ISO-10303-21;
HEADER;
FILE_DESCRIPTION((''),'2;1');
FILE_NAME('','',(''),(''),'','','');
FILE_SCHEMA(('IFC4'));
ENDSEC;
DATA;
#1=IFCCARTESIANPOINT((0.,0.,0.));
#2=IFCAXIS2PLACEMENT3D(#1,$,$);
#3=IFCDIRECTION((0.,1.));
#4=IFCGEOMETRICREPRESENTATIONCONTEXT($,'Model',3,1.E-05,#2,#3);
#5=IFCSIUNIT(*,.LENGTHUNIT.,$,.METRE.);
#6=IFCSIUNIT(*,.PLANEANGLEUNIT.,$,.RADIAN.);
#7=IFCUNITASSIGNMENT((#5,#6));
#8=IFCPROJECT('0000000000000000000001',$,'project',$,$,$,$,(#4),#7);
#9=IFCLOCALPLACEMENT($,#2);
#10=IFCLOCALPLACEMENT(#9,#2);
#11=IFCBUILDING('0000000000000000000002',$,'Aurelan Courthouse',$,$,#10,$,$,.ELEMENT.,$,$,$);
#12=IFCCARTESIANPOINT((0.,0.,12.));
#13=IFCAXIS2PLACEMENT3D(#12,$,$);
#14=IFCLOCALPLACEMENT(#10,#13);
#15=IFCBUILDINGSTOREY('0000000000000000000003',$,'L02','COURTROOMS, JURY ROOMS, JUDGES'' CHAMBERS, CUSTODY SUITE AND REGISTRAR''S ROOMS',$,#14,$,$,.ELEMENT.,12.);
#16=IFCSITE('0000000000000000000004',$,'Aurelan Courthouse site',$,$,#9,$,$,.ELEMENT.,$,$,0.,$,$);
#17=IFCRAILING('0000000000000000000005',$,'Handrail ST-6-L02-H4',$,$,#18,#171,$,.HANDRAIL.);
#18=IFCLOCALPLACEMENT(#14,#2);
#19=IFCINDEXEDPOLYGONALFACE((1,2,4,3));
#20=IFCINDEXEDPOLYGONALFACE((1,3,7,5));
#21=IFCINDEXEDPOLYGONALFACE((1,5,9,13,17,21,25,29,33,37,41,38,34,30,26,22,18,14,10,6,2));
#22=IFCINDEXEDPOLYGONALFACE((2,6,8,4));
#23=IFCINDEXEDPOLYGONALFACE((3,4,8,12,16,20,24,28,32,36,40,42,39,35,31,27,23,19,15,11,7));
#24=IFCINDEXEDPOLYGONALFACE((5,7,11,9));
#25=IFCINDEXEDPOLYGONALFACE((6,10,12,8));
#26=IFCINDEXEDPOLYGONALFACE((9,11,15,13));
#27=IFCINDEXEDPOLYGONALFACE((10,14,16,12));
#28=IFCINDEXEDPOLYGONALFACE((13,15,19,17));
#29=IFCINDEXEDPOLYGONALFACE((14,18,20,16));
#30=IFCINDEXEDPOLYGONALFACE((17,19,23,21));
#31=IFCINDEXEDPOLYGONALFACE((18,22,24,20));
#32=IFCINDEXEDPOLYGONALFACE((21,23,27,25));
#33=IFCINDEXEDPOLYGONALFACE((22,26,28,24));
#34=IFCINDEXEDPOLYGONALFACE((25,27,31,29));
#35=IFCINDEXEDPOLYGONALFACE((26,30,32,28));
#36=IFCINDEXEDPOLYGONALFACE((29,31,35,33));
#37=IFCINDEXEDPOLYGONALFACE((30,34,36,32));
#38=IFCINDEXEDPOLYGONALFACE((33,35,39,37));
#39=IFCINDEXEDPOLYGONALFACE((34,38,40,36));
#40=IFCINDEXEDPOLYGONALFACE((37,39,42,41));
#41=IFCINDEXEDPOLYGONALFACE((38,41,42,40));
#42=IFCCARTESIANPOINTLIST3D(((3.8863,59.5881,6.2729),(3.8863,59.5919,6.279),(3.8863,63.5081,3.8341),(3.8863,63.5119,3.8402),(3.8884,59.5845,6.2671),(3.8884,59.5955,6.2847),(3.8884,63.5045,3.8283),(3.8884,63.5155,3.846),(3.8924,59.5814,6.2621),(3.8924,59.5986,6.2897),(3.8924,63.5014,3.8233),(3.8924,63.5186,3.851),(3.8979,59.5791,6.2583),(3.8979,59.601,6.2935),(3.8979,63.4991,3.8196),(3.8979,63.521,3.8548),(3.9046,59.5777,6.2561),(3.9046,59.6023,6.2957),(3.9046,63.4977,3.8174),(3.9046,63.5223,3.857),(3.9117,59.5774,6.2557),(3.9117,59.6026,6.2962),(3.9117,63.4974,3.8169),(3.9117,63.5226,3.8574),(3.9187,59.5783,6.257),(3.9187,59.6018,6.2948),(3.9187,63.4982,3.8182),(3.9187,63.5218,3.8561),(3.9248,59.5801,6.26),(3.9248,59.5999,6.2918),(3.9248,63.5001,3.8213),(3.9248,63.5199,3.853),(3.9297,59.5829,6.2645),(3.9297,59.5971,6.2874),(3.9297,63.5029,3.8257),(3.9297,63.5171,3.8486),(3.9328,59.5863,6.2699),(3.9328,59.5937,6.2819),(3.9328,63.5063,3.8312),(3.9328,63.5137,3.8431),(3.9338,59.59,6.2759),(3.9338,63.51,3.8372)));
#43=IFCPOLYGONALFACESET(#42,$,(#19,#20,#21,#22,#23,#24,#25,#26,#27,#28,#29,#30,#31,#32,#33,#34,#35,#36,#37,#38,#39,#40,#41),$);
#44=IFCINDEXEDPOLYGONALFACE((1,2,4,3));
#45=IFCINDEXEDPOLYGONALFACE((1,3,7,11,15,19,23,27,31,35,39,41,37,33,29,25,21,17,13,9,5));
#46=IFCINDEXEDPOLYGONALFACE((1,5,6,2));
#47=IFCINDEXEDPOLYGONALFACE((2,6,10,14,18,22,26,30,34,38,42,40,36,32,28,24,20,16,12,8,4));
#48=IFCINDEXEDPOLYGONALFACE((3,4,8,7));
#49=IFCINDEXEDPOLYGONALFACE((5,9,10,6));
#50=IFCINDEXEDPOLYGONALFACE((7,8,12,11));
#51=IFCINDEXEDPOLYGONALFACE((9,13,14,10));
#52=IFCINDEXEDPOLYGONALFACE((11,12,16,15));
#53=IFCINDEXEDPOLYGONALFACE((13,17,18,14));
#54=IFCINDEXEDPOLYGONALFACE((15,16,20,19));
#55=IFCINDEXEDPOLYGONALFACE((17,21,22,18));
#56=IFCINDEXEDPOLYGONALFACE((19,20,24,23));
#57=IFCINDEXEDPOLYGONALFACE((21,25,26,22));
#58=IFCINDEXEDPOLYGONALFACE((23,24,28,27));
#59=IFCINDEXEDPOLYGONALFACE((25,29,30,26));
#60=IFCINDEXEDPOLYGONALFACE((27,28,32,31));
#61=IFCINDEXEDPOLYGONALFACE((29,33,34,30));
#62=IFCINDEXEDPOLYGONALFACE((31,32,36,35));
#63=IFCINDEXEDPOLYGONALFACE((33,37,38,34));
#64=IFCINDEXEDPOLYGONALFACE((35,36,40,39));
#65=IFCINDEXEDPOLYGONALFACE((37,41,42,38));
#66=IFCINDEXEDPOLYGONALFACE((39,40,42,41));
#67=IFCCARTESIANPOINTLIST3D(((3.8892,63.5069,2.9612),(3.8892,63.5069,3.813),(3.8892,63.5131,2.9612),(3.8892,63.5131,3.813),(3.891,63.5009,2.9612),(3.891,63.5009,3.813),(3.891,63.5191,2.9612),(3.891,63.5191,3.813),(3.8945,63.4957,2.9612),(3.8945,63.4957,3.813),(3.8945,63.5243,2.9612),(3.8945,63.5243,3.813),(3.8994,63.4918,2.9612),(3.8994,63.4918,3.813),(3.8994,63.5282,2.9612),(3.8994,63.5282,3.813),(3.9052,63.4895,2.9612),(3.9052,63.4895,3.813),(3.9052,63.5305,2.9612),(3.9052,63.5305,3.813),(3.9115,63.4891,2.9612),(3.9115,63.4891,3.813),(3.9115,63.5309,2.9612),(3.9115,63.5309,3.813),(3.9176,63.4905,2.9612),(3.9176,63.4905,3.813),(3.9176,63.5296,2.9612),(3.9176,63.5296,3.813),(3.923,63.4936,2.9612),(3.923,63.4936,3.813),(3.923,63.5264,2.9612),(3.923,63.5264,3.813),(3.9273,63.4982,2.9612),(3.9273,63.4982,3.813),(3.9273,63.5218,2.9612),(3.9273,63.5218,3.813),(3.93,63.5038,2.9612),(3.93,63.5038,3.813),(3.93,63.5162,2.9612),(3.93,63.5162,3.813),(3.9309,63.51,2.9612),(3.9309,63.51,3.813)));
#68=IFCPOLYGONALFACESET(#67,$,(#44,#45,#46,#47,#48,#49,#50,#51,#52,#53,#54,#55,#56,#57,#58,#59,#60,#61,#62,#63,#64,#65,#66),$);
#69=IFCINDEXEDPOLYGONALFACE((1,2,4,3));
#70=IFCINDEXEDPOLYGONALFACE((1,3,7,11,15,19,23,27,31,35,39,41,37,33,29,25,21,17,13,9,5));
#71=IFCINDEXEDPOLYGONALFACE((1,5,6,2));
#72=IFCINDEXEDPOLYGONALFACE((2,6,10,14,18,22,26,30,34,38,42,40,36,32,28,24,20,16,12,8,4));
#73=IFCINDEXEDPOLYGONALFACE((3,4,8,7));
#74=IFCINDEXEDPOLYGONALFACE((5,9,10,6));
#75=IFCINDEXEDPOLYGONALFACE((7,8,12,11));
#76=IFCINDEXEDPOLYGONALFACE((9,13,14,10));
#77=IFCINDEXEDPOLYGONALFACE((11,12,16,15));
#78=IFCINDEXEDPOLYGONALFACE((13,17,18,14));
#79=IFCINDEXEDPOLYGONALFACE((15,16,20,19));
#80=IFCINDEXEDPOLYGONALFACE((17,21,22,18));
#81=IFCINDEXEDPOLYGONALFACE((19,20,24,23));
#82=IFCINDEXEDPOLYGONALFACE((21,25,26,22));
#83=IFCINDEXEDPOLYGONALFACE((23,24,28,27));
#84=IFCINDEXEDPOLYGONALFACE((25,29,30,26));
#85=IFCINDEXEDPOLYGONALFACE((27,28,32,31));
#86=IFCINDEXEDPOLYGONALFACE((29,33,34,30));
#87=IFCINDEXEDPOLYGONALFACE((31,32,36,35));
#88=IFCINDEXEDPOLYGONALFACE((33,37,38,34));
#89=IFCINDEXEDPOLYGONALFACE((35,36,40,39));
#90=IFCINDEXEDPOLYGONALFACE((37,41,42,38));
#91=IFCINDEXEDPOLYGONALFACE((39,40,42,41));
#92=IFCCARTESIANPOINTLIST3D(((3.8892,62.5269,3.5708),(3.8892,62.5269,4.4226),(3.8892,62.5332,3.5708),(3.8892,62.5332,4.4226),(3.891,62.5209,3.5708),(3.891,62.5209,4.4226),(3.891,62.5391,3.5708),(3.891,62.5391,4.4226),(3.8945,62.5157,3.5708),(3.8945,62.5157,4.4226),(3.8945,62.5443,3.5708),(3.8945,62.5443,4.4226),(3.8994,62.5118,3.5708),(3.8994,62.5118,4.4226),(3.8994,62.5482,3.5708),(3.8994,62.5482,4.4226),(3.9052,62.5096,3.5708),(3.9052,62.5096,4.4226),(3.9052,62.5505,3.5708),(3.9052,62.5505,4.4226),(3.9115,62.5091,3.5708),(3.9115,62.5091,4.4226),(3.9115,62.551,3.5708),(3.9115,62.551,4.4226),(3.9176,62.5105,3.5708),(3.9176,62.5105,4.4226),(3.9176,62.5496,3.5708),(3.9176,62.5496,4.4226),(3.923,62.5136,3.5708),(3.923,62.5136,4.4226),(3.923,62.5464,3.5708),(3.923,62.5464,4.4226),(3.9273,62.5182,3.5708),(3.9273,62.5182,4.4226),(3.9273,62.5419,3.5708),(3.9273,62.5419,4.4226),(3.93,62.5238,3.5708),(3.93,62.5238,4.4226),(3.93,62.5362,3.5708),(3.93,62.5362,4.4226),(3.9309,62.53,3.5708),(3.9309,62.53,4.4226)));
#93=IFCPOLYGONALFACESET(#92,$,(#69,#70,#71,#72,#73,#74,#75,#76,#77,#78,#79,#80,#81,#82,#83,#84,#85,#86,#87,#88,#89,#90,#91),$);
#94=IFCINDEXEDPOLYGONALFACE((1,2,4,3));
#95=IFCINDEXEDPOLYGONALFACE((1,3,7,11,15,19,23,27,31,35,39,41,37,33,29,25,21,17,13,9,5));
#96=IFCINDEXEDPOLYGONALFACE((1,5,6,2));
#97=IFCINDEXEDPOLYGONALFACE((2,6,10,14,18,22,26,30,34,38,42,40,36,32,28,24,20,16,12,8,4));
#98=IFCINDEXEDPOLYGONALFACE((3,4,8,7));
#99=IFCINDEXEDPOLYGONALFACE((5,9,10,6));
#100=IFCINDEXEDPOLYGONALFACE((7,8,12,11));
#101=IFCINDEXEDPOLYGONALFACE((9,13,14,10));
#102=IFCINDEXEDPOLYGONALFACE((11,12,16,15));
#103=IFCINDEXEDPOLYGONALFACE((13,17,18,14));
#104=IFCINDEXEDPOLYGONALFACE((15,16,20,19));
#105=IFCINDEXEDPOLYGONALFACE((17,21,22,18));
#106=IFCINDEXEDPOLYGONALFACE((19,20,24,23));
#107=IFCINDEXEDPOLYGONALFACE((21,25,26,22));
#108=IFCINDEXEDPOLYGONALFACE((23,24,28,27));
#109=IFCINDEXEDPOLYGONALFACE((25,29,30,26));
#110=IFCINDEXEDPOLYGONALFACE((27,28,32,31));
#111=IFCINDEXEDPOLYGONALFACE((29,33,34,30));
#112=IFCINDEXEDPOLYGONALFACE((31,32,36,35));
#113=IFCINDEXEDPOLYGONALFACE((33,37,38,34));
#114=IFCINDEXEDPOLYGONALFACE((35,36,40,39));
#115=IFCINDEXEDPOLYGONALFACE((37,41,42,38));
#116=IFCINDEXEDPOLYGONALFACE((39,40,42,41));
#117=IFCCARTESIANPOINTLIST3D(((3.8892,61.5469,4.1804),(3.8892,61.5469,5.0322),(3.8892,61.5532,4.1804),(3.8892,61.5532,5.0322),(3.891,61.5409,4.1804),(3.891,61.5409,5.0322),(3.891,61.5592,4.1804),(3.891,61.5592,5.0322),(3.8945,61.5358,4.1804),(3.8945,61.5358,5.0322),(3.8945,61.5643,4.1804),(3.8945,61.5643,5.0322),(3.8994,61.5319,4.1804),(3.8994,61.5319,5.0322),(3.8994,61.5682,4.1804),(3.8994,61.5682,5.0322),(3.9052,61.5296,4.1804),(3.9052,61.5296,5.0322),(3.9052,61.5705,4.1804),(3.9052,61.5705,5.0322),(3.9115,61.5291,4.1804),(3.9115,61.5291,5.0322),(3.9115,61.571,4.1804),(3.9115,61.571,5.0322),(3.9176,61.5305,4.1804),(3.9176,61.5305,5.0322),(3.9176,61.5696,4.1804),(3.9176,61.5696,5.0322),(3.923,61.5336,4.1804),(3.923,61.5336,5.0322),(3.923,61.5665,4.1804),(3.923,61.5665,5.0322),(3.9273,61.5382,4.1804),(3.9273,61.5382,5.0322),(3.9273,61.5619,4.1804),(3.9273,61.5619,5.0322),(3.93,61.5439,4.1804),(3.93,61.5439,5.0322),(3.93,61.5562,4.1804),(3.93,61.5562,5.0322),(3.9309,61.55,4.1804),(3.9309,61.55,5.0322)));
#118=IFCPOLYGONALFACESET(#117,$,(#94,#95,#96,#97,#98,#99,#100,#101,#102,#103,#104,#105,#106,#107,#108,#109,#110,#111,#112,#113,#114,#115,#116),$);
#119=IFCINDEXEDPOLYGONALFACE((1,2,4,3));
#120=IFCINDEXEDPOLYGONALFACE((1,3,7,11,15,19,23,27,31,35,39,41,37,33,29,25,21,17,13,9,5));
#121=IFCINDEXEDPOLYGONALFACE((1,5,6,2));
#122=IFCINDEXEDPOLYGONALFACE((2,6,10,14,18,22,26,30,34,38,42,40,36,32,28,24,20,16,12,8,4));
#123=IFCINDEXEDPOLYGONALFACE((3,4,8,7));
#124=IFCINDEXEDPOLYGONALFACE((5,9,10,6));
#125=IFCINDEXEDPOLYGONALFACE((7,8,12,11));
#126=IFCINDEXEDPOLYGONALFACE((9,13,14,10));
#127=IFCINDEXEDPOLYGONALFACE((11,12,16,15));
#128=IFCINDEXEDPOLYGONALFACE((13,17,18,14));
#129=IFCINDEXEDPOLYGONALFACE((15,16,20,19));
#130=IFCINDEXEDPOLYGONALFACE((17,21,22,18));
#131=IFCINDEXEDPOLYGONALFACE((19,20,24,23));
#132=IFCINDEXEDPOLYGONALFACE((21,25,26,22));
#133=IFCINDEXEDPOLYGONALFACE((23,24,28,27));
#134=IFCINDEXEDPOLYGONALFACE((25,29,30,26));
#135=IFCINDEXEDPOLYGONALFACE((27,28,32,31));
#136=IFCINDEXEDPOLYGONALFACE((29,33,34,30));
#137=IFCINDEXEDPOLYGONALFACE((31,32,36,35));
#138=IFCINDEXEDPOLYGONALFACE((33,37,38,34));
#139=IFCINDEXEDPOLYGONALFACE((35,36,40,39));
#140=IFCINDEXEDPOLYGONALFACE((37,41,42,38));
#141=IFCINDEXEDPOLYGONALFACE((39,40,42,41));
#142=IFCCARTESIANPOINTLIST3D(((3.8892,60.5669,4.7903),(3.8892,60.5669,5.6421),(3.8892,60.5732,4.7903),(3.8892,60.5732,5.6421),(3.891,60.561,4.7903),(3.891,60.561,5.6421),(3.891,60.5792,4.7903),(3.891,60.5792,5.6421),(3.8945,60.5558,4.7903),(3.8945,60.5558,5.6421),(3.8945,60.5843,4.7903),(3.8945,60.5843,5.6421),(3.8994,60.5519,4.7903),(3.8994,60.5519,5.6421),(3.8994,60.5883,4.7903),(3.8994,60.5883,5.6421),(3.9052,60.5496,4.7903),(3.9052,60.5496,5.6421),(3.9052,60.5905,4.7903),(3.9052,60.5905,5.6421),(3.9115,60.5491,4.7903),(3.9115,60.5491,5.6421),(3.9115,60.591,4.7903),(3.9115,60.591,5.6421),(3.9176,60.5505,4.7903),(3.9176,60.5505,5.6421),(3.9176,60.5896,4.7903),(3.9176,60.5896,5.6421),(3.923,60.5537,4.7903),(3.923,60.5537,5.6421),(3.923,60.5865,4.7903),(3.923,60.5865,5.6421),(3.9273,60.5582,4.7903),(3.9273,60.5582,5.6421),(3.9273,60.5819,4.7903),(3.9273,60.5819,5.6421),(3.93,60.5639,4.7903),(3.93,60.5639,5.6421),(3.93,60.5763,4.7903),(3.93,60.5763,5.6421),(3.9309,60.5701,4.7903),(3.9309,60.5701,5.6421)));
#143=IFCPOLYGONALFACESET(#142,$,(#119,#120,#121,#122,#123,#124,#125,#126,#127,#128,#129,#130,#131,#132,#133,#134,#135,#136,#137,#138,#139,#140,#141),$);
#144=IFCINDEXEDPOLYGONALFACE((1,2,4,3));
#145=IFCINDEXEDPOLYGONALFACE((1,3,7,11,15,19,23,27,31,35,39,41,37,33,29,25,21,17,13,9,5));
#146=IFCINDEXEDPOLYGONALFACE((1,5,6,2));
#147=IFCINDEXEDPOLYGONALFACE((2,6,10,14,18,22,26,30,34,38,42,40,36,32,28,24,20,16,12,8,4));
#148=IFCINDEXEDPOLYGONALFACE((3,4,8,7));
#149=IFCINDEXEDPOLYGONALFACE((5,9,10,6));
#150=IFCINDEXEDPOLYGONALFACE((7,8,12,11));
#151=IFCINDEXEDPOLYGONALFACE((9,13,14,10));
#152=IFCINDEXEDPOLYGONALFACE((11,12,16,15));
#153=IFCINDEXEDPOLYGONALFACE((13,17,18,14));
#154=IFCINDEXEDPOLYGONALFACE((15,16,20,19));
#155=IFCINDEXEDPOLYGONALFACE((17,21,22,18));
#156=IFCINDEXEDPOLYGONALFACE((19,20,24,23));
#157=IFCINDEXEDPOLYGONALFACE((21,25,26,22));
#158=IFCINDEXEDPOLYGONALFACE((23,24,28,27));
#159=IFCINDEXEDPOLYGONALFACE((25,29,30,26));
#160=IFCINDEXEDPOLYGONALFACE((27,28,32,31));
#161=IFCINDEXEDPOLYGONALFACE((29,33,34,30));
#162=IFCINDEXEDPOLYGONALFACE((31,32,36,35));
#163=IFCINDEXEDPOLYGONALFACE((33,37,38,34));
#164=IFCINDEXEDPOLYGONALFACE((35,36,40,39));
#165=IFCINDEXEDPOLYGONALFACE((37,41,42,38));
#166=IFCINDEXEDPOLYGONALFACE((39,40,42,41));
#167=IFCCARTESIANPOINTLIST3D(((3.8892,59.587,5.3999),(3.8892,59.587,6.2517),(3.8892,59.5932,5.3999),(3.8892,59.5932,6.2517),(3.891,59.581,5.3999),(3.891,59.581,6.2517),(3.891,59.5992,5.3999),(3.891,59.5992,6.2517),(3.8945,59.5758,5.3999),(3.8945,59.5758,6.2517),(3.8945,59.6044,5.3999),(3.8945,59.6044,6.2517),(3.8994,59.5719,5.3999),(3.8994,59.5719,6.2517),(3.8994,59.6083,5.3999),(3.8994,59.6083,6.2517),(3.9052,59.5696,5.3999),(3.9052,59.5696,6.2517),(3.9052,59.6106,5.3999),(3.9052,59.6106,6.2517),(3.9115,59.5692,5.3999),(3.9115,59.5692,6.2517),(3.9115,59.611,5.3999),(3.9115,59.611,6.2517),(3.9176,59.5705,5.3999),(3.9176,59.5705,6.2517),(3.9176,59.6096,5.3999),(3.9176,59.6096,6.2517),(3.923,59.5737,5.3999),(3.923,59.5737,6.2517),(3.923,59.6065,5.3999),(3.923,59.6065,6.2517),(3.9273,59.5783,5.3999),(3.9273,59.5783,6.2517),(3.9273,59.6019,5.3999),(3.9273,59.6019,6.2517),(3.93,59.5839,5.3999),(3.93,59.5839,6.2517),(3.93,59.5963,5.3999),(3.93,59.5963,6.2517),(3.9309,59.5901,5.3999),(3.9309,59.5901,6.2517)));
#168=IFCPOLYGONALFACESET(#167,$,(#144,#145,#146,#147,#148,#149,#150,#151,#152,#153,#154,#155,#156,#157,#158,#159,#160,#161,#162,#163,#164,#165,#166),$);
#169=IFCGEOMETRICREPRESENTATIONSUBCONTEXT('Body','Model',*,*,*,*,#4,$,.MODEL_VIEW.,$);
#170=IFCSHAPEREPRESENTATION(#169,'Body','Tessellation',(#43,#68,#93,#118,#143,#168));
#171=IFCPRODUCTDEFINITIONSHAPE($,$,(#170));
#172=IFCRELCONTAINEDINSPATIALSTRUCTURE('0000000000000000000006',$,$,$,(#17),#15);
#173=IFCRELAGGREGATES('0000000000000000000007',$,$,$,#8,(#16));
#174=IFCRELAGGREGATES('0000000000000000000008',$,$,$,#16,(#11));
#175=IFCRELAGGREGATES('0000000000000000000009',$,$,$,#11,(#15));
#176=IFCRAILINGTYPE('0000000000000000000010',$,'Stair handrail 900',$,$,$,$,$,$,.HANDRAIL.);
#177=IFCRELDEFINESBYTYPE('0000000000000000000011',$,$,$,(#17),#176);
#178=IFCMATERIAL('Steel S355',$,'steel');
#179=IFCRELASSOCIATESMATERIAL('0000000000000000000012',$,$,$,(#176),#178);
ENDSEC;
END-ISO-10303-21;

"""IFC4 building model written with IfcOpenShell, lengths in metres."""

from ifc_helpers import new_model, si_unit, direction, frame, origin, origin_2d, place, context, subcontext, project, spatial, circle, extrude, material, type_object, element, save


model = new_model("IFC4")

# Units and contexts
model_context = context("Model", 3, precision=1e-05, world=origin(), true_north=direction((0.0, 1.0)))
body_context = subcontext(model_context, "Body", "Model", "MODEL_VIEW")
ifc_project = project(units=[si_unit("LENGTHUNIT", "METRE"), si_unit("PLANEANGLEUNIT", "RADIAN")], contexts=[model_context])

# Site, building, storey
site_placement = place(None, origin())
site = spatial("IfcSite", under=ifc_project, at=site_placement, Name="Aurelan Courthouse site", CompositionType="ELEMENT", RefElevation=0.0)
building_placement = place(site_placement, origin())
building = spatial("IfcBuilding", under=site, at=building_placement, Name="Aurelan Courthouse", CompositionType="ELEMENT")
storey_placement = place(building_placement, frame((0.0, 0.0, 12.0)))
storey = spatial("IfcBuildingStorey", under=building, at=storey_placement, Name="L02", Description="COURTROOMS, JURY ROOMS, JUDGES' CHAMBERS, CUSTODY SUITE AND REGISTRAR'S ROOMS", CompositionType="ELEMENT", Elevation=12.0)

# Railing
ifc_material_1 = material(Name="Steel S355", Category="steel")
railing_type_1 = type_object("IfcRailingType", Name="Stair handrail 900", PredefinedType="HANDRAIL", material=ifc_material_1)
for number, where, name in (
    (1, (3.9099, 63.51, 2.9612), "Handrail ST-6-L02-H4"),
):
    element("IfcRailing", number, at=place(storey_placement, frame(where)), inside=storey, type_object=railing_type_1, Name=name, PredefinedType="HANDRAIL", context=body_context, shape_type="SweptSolid", body=[
        extrude(circle(Radius=0.0239, at=origin_2d()), frame((0.0, 0.0, 0.876), z_axis=(0.0, -0.84909, 0.528249), x_axis=(1.0, 0.0, 0.0)), (0.0, 0.0, 1.0), 4.6167),
        extrude(circle(Radius=0.021, at=origin_2d()), origin(), (0.0, 0.0, 1.0), 0.8518),
        extrude(circle(Radius=0.021, at=origin_2d()), frame((0.0, -0.98, 0.6096)), (0.0, 0.0, 1.0), 0.8518),
        extrude(circle(Radius=0.021, at=origin_2d()), frame((0.0, -1.96, 1.2192)), (0.0, 0.0, 1.0), 0.8518),
        extrude(circle(Radius=0.021, at=origin_2d()), frame((0.0, -2.9399, 1.8291)), (0.0, 0.0, 1.0), 0.8518),
        extrude(circle(Radius=0.021, at=origin_2d()), frame((0.0, -3.9199, 2.4387)), (0.0, 0.0, 1.0), 0.8518),
    ])

save(model, "model.ifc")
